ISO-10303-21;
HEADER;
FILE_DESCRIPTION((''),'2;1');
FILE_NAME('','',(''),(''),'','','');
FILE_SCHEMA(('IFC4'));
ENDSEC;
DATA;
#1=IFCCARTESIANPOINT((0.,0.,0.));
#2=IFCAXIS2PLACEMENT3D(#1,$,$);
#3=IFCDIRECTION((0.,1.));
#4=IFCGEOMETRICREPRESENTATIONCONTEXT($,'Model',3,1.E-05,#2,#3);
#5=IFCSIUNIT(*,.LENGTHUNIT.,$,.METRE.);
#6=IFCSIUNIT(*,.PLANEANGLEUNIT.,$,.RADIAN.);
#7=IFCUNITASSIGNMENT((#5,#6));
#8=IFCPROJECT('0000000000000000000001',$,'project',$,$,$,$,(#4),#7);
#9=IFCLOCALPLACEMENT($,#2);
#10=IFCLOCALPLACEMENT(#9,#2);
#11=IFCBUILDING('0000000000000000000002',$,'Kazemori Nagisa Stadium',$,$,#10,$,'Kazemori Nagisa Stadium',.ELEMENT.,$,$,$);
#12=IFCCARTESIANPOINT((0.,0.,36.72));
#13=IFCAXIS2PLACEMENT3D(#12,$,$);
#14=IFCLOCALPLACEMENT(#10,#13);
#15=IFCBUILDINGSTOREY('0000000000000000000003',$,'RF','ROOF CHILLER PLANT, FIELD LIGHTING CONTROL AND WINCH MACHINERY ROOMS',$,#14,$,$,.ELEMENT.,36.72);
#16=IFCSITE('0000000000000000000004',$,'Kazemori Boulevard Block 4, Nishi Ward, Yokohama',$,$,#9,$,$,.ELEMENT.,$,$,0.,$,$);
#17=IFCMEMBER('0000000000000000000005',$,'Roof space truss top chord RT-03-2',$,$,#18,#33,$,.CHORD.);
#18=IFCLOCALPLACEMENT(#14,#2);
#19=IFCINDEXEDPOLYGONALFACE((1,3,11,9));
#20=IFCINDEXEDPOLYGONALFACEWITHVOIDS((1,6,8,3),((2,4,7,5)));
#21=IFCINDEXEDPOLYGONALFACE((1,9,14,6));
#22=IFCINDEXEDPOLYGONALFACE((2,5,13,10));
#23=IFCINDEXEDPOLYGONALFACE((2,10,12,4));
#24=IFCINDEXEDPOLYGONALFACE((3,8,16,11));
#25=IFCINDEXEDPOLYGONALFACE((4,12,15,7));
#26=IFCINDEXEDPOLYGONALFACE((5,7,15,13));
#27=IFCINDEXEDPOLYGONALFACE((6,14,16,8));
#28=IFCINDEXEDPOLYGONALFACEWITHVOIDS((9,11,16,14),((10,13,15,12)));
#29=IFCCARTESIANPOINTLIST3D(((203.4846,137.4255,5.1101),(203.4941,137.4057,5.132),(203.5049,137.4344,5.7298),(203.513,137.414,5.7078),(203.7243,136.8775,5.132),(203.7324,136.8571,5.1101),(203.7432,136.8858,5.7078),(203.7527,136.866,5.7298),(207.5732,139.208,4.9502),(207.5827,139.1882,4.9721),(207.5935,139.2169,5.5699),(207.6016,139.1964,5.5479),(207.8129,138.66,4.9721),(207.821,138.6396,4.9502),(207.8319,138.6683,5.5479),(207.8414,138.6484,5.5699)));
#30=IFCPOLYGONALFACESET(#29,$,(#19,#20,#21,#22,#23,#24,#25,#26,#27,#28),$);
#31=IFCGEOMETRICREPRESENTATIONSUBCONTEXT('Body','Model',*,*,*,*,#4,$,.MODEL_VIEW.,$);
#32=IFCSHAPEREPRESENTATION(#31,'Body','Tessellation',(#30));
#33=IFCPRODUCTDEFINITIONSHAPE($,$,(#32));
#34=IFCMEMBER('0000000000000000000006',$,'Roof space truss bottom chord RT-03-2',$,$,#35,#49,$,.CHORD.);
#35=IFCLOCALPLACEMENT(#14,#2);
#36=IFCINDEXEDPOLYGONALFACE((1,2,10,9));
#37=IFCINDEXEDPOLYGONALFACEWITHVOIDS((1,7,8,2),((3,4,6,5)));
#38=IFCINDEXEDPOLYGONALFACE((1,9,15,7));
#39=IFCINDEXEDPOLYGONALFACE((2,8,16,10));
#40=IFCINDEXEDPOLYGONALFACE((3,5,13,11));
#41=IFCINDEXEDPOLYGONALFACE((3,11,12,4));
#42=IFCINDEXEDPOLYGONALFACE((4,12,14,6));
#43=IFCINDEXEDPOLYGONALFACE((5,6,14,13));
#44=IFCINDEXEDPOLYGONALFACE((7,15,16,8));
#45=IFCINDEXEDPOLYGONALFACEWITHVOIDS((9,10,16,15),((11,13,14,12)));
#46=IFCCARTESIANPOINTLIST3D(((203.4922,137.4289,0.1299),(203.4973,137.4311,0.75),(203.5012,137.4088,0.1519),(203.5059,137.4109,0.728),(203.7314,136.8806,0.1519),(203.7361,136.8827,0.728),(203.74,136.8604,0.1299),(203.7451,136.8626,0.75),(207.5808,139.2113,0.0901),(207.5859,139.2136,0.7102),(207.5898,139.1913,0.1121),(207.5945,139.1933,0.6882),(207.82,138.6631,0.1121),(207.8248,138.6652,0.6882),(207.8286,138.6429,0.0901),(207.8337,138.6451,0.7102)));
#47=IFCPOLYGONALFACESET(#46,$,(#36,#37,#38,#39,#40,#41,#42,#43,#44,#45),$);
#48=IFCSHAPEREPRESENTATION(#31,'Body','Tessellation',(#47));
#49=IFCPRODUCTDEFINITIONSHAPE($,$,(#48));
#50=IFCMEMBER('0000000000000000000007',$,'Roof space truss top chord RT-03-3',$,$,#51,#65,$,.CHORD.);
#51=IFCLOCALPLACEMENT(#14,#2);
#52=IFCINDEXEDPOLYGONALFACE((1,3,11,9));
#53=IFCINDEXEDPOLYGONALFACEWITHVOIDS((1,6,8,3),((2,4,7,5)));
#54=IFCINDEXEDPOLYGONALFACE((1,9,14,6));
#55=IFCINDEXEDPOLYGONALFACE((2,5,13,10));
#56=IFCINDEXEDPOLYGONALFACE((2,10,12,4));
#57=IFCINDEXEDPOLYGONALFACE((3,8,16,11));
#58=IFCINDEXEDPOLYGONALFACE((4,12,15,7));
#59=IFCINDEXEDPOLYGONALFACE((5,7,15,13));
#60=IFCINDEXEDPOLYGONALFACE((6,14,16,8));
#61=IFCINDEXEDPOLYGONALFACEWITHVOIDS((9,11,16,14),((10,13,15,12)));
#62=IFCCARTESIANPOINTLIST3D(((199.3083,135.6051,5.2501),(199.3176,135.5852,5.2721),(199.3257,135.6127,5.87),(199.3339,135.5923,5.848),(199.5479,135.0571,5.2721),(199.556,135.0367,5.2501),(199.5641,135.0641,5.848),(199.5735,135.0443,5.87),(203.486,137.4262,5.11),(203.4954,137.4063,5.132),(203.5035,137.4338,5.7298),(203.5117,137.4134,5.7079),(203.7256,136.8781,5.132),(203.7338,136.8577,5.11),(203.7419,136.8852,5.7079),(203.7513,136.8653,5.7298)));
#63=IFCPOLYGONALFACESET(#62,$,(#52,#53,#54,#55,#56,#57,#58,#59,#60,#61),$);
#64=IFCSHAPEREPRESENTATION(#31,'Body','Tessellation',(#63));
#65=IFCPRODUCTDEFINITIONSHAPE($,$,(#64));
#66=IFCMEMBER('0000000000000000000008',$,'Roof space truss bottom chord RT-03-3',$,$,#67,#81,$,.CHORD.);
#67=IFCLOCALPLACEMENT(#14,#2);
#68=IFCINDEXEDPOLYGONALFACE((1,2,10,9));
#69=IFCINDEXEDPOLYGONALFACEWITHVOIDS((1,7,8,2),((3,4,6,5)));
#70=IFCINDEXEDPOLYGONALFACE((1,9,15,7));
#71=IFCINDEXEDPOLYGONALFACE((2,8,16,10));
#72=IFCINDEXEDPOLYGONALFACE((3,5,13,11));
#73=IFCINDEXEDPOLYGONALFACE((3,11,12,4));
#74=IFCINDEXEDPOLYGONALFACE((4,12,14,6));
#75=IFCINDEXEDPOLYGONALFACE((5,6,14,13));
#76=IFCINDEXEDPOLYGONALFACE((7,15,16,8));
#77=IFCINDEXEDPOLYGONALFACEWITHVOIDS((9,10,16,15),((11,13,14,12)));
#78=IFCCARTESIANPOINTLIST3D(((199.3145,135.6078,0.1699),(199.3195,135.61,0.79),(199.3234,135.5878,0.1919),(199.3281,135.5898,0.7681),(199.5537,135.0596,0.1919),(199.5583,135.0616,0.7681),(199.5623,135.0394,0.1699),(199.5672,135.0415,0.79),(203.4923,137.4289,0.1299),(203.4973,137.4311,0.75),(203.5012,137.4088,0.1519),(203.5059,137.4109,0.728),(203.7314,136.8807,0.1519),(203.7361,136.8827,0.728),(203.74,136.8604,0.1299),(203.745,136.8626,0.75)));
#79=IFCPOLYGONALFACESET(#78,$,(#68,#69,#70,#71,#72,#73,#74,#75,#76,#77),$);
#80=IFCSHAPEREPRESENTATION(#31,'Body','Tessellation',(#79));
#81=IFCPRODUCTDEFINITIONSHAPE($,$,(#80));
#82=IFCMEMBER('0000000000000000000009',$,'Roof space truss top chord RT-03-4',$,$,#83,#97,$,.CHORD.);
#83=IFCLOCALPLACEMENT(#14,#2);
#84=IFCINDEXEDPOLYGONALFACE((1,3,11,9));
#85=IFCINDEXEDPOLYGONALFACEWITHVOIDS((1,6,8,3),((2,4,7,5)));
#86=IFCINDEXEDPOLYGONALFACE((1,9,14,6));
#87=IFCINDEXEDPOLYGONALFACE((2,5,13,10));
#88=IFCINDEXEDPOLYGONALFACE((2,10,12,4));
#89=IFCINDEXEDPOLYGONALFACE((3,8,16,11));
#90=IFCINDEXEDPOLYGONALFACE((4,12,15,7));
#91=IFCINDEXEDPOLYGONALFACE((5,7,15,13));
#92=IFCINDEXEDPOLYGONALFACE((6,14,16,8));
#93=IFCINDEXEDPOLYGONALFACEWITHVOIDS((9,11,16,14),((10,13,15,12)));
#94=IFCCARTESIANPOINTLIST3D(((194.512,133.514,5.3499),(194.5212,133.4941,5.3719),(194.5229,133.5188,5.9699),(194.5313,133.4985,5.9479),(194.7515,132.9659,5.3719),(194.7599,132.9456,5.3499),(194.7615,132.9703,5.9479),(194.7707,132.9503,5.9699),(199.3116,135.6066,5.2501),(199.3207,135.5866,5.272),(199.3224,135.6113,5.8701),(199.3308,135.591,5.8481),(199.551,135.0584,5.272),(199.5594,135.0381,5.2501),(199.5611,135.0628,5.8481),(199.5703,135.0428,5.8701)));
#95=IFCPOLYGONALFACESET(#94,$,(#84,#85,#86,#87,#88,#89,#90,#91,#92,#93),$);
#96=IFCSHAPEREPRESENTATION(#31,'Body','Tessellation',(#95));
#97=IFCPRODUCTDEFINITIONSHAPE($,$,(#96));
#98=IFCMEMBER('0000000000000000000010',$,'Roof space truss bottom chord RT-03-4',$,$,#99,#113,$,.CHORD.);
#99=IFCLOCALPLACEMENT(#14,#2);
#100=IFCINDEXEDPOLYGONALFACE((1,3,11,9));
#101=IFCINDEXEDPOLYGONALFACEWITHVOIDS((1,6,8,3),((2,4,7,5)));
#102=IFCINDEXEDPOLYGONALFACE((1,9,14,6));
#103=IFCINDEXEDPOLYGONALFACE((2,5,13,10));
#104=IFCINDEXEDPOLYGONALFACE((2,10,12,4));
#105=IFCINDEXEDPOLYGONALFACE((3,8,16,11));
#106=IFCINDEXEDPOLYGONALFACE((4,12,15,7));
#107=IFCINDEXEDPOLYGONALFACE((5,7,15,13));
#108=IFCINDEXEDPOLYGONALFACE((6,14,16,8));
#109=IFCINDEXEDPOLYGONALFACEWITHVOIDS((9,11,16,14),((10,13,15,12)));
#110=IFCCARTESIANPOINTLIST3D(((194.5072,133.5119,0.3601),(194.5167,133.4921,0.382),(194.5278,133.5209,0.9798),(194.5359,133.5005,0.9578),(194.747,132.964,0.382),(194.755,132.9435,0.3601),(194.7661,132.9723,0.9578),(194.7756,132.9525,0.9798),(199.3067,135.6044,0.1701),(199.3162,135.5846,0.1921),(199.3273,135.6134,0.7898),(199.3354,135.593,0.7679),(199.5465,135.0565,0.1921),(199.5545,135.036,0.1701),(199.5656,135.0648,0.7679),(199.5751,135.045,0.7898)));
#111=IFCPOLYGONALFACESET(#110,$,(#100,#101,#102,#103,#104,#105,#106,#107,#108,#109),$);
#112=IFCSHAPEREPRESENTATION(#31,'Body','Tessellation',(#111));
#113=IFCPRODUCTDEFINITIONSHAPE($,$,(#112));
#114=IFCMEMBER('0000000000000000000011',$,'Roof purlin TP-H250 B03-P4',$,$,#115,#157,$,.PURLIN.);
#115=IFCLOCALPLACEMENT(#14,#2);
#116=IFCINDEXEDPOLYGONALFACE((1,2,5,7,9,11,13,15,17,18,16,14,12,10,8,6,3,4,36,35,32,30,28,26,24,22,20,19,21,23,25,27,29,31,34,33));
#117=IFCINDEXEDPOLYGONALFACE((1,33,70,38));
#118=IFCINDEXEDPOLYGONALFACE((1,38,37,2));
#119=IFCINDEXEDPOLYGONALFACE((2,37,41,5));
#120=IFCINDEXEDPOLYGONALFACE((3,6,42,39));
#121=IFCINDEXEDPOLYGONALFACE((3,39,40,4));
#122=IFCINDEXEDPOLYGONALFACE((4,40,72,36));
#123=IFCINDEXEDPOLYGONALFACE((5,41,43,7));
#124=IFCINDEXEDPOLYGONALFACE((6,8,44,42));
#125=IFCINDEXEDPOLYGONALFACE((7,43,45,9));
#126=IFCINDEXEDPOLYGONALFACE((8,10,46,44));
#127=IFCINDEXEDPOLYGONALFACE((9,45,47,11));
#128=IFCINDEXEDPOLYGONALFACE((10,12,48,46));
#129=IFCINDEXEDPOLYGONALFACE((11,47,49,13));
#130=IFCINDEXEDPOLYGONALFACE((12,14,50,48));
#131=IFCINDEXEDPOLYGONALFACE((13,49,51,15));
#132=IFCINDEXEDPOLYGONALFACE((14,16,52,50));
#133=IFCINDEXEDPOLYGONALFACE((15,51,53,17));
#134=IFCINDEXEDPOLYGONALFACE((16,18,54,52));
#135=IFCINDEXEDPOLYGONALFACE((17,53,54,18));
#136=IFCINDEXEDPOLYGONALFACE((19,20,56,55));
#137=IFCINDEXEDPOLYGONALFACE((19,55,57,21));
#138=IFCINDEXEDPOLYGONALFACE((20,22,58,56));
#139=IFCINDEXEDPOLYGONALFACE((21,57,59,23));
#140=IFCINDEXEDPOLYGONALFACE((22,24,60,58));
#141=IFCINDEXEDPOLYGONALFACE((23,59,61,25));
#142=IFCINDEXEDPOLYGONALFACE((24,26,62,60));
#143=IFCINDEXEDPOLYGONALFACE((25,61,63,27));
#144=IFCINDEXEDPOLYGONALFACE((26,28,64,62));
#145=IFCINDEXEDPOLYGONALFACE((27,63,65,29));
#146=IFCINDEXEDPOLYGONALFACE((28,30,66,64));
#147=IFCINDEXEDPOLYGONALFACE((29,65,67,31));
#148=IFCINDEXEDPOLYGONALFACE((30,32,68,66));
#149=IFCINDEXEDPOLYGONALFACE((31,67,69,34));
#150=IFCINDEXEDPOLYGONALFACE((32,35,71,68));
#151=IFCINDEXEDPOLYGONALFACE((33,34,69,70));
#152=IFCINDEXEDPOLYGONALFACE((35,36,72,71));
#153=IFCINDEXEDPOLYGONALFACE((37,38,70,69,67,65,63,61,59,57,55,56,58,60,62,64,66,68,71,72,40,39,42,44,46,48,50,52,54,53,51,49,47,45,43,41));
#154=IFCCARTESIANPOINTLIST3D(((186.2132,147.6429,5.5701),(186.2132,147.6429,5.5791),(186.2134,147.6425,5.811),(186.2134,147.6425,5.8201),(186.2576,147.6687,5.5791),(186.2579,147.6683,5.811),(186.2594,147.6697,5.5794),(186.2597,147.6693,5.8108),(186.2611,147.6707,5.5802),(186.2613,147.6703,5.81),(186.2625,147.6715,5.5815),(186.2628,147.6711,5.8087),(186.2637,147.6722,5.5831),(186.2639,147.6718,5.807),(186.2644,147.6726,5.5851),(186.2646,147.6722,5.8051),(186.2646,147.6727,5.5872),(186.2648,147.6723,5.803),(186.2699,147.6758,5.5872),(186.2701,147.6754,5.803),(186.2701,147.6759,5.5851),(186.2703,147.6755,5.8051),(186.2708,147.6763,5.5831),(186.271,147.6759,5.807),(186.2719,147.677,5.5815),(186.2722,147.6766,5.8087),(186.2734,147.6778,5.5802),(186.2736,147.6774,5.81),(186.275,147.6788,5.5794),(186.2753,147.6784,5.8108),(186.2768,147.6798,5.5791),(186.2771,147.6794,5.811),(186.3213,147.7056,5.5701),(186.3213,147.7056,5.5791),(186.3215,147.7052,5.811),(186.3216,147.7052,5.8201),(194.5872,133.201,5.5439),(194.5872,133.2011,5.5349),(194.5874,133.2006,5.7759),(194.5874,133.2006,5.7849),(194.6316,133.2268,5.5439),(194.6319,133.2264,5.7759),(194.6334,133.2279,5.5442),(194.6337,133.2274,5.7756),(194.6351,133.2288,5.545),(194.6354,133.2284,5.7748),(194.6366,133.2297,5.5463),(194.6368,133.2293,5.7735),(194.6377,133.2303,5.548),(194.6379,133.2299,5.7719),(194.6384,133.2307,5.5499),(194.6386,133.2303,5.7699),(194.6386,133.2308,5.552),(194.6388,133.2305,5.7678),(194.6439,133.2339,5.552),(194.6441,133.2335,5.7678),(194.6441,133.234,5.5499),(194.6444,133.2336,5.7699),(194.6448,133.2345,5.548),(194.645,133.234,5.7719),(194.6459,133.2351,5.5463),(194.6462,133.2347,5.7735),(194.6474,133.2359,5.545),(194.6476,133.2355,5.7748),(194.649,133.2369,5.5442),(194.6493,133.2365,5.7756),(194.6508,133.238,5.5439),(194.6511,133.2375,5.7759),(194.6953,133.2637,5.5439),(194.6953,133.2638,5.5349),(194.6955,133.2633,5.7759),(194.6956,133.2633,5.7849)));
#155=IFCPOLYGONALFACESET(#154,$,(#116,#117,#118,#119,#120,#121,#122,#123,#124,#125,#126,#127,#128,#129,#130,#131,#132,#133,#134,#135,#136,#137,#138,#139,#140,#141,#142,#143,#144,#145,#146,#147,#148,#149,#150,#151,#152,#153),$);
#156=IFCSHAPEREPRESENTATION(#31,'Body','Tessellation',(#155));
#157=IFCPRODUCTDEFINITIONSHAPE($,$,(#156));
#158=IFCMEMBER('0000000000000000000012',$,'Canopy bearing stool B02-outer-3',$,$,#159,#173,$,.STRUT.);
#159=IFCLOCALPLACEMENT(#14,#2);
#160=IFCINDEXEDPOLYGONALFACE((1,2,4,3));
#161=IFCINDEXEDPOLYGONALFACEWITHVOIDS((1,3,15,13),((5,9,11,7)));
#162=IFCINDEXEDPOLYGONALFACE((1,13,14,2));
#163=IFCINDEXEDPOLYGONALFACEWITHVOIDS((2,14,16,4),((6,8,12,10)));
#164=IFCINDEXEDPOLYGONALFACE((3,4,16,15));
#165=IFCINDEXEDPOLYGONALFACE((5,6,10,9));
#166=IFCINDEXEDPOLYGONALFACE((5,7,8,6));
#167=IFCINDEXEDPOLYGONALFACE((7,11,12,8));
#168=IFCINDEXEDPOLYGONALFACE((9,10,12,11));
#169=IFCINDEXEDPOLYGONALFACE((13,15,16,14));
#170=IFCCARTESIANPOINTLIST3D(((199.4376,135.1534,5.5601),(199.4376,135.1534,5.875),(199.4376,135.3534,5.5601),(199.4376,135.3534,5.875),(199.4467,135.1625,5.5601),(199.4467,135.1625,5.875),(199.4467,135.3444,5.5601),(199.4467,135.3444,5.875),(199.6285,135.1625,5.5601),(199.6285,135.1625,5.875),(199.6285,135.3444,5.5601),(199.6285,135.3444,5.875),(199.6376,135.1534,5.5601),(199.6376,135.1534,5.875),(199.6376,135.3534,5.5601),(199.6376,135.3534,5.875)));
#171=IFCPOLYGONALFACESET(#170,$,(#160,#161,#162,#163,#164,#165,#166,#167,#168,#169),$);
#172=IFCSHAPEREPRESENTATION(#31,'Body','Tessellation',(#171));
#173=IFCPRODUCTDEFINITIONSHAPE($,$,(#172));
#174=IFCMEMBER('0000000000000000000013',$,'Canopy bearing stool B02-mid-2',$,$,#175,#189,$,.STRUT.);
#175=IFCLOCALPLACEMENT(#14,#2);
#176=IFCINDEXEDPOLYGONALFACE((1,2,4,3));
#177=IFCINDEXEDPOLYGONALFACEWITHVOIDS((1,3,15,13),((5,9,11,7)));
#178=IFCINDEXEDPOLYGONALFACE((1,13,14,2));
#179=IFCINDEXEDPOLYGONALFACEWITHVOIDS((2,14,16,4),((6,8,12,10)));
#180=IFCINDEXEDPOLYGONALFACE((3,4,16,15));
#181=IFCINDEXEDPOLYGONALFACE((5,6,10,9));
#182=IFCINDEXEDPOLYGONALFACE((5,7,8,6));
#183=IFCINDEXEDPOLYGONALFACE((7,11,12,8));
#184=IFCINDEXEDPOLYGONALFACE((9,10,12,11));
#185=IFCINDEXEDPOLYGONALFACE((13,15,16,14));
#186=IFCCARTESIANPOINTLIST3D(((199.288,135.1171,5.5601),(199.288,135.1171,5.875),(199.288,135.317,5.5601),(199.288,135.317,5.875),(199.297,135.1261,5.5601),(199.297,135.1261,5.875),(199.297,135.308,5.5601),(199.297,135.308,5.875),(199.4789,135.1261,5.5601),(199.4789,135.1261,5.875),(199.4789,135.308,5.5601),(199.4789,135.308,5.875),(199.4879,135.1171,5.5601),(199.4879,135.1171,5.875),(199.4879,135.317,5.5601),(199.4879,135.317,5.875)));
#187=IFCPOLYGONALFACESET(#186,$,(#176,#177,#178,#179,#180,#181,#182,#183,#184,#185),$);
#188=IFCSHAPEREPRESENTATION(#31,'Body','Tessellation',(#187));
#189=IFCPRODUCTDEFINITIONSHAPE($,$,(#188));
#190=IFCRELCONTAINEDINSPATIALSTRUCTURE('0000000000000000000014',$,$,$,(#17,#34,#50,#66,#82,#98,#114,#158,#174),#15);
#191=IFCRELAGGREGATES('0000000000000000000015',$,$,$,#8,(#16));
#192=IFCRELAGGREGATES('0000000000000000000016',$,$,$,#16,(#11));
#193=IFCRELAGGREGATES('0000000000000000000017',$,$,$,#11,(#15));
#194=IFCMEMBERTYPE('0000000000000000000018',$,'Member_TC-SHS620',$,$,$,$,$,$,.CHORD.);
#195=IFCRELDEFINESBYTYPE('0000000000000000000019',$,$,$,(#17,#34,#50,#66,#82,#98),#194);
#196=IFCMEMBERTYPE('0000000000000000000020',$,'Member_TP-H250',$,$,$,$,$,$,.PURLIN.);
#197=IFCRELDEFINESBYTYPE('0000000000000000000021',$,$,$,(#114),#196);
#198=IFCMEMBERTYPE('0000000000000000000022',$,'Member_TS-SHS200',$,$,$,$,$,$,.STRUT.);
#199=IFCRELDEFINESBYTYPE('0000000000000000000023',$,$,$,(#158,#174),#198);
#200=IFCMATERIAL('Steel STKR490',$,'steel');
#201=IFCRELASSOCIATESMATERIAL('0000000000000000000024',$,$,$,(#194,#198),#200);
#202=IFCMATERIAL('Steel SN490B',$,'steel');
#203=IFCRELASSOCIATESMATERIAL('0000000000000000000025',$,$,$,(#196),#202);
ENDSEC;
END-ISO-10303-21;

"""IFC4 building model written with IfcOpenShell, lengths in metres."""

from ifc_helpers import new_model, si_unit, direction, frame, origin, origin_2d, place, context, subcontext, project, spatial, hollow_rectangle, i_section, extrude, material, material_profile, profile_set, type_object, element, save


model = new_model("IFC4")

# Units and contexts
model_context = context("Model", 3, precision=1e-05, world=origin(), true_north=direction((0.0, 1.0)))
body_context = subcontext(model_context, "Body", "Model", "MODEL_VIEW")
ifc_project = project(units=[si_unit("LENGTHUNIT", "METRE"), si_unit("PLANEANGLEUNIT", "RADIAN")], contexts=[model_context])

# Site, building, storey
site_placement = place(None, origin())
site = spatial("IfcSite", under=ifc_project, at=site_placement, Name="Kazemori Boulevard Block 4, Nishi Ward, Yokohama", CompositionType="ELEMENT", RefElevation=0.0)
building_placement = place(site_placement, origin())
building = spatial("IfcBuilding", under=site, at=building_placement, Name="Kazemori Nagisa Stadium", LongName="Kazemori Nagisa Stadium", CompositionType="ELEMENT")
storey_placement = place(building_placement, frame((0.0, 0.0, 36.72)))
storey = spatial("IfcBuildingStorey", under=building, at=storey_placement, Name="RF", Description="ROOF CHILLER PLANT, FIELD LIGHTING CONTROL AND WINCH MACHINERY ROOMS", CompositionType="ELEMENT", Elevation=36.72)

# Shared definitions
ifc_material_1 = material(Name="Steel SN490B", Category="steel")

# Members
ifc_material_2 = material(Name="Steel STKR490", Category="steel")
ifc_material_profile_1 = material_profile(ifc_material_2, hollow_rectangle(XDim=0.6201, YDim=0.6201, WallThickness=0.022, at=origin_2d()), Name="SHS-620x620x22")
ifc_profile_set_1 = profile_set([ifc_material_profile_1], Name="Steel STKR490")
member_type_1 = type_object("IfcMemberType", Name="Member_TC-SHS620", PredefinedType="CHORD", material=ifc_profile_set_1)
member_1_placement = place(storey_placement, frame((207.7073, 138.9282, 5.26), z_axis=(-0.916087, -0.399376, 0.03583), x_axis=(0.399633, -0.916675, 0.0)))
element("IfcMember", 1, at=member_1_placement, inside=storey, type_object=member_type_1, Name="Roof space truss top chord RT-03-2", PredefinedType="CHORD", context=body_context, shape_type="SweptSolid", body=[
    extrude(hollow_rectangle(XDim=0.6201, YDim=0.6201, WallThickness=0.022, at=origin_2d()), origin(), (0.0, 0.0, 1.0), 4.4631),
])
member_2_placement = place(storey_placement, frame((207.7073, 138.9282, 0.4001), z_axis=(-0.916639, -0.399617, 0.008922), x_axis=(0.399633, -0.916675, 0.0)))
element("IfcMember", 2, at=member_2_placement, inside=storey, type_object=member_type_1, Name="Roof space truss bottom chord RT-03-2", PredefinedType="CHORD", context=body_context, shape_type="SweptSolid", body=[
    extrude(hollow_rectangle(XDim=0.6201, YDim=0.6201, WallThickness=0.022, at=origin_2d()), origin(), (0.0, 0.0, 1.0), 4.4604),
])
member_3_placement = place(storey_placement, frame((203.6187, 137.1458, 5.4199), z_axis=(-0.916264, -0.399393, 0.030735), x_axis=(0.399582, -0.916697, 0.0)))
element("IfcMember", 3, at=member_3_placement, inside=storey, type_object=member_type_1, Name="Roof space truss top chord RT-03-3", PredefinedType="CHORD", context=body_context, shape_type="SweptSolid", body=[
    extrude(hollow_rectangle(XDim=0.6201, YDim=0.6201, WallThickness=0.022, at=origin_2d()), origin(), (0.0, 0.0, 1.0), 4.5596),
])
member_4_placement = place(storey_placement, frame((203.6187, 137.1458, 0.4399), z_axis=(-0.916662, -0.399567, 0.008785), x_axis=(0.399582, -0.916697, 0.0)))
element("IfcMember", 4, at=member_4_placement, inside=storey, type_object=member_type_1, Name="Roof space truss bottom chord RT-03-3", PredefinedType="CHORD", context=body_context, shape_type="SweptSolid", body=[
    extrude(hollow_rectangle(XDim=0.6201, YDim=0.6201, WallThickness=0.022, at=origin_2d()), origin(), (0.0, 0.0, 1.0), 4.5576),
])
member_5_placement = place(storey_placement, frame((199.4409, 135.3247, 5.5601), z_axis=(-0.9165, -0.399579, 0.019068), x_axis=(0.399652, -0.916667, 0.0)))
element("IfcMember", 5, at=member_5_placement, inside=storey, type_object=member_type_1, Name="Roof space truss top chord RT-03-4", PredefinedType="CHORD", context=body_context, shape_type="SweptSolid", body=[
    extrude(hollow_rectangle(XDim=0.6201, YDim=0.6201, WallThickness=0.022, at=origin_2d()), origin(), (0.0, 0.0, 1.0), 5.2368),
])
member_6_placement = place(storey_placement, frame((199.4409, 135.3247, 0.48), z_axis=(-0.916064, -0.399389, 0.036253), x_axis=(0.399652, -0.916667, 0.0)))
element("IfcMember", 6, at=member_6_placement, inside=storey, type_object=member_type_1, Name="Roof space truss bottom chord RT-03-4", PredefinedType="CHORD", context=body_context, shape_type="SweptSolid", body=[
    extrude(hollow_rectangle(XDim=0.6201, YDim=0.6201, WallThickness=0.022, at=origin_2d()), origin(), (0.0, 0.0, 1.0), 5.2393),
])
ifc_material_profile_2 = material_profile(ifc_material_1, i_section(OverallWidth=0.125, OverallDepth=0.25, WebThickness=0.0061, FlangeThickness=0.009, FilletRadius=0.0081, at=origin_2d()), Name="H-250x125x6x9")
ifc_profile_set_2 = profile_set([ifc_material_profile_2], Name="Steel SN490B")
member_type_2 = type_object("IfcMemberType", Name="Member_TP-H250", PredefinedType="PURLIN", material=ifc_profile_set_2)
member_7_placement = place(storey_placement, frame((194.6414, 133.2322, 5.6599), z_axis=(-0.501615, 0.865088, 0.002106), x_axis=(-0.86509, -0.501616, 0.0)))
element("IfcMember", 7, at=member_7_placement, inside=storey, type_object=member_type_2, Name="Roof purlin TP-H250 B03-P4", PredefinedType="PURLIN", context=body_context, shape_type="SweptSolid", body=[
    extrude(i_section(OverallWidth=0.125, OverallDepth=0.25, WebThickness=0.0061, FlangeThickness=0.009, FilletRadius=0.0081, at=origin_2d()), origin(), (0.0, 0.0, 1.0), 16.6941),
])
ifc_material_profile_3 = material_profile(ifc_material_2, hollow_rectangle(XDim=0.2, YDim=0.2, WallThickness=0.009, at=origin_2d()), Name="SHS-200x200x9")
ifc_profile_set_3 = profile_set([ifc_material_profile_3], Name="Steel STKR490")
member_type_3 = type_object("IfcMemberType", Name="Member_TS-SHS200", PredefinedType="STRUT", material=ifc_profile_set_3)
for number, where, z_axis, x_axis, name in (
    (8, (199.5376, 135.2534, 5.5601), (0.0, 0.0, 1.0), (1.0, 0.0, 0.0), "Canopy bearing stool B02-outer-3"),
    (9, (199.3879, 135.217, 5.5601), (0.0, 0.0, 1.0), (1.0, 0.0, 0.0), "Canopy bearing stool B02-mid-2"),
):
    element("IfcMember", number, at=place(storey_placement, frame(where, z_axis=z_axis, x_axis=x_axis)), inside=storey, type_object=member_type_3, Name=name, PredefinedType="STRUT", context=body_context, shape_type="SweptSolid", body=[
        extrude(hollow_rectangle(XDim=0.2, YDim=0.2, WallThickness=0.009, at=origin_2d()), origin(), (0.0, 0.0, 1.0), 0.3149),
    ])

save(model, "model.ifc")
